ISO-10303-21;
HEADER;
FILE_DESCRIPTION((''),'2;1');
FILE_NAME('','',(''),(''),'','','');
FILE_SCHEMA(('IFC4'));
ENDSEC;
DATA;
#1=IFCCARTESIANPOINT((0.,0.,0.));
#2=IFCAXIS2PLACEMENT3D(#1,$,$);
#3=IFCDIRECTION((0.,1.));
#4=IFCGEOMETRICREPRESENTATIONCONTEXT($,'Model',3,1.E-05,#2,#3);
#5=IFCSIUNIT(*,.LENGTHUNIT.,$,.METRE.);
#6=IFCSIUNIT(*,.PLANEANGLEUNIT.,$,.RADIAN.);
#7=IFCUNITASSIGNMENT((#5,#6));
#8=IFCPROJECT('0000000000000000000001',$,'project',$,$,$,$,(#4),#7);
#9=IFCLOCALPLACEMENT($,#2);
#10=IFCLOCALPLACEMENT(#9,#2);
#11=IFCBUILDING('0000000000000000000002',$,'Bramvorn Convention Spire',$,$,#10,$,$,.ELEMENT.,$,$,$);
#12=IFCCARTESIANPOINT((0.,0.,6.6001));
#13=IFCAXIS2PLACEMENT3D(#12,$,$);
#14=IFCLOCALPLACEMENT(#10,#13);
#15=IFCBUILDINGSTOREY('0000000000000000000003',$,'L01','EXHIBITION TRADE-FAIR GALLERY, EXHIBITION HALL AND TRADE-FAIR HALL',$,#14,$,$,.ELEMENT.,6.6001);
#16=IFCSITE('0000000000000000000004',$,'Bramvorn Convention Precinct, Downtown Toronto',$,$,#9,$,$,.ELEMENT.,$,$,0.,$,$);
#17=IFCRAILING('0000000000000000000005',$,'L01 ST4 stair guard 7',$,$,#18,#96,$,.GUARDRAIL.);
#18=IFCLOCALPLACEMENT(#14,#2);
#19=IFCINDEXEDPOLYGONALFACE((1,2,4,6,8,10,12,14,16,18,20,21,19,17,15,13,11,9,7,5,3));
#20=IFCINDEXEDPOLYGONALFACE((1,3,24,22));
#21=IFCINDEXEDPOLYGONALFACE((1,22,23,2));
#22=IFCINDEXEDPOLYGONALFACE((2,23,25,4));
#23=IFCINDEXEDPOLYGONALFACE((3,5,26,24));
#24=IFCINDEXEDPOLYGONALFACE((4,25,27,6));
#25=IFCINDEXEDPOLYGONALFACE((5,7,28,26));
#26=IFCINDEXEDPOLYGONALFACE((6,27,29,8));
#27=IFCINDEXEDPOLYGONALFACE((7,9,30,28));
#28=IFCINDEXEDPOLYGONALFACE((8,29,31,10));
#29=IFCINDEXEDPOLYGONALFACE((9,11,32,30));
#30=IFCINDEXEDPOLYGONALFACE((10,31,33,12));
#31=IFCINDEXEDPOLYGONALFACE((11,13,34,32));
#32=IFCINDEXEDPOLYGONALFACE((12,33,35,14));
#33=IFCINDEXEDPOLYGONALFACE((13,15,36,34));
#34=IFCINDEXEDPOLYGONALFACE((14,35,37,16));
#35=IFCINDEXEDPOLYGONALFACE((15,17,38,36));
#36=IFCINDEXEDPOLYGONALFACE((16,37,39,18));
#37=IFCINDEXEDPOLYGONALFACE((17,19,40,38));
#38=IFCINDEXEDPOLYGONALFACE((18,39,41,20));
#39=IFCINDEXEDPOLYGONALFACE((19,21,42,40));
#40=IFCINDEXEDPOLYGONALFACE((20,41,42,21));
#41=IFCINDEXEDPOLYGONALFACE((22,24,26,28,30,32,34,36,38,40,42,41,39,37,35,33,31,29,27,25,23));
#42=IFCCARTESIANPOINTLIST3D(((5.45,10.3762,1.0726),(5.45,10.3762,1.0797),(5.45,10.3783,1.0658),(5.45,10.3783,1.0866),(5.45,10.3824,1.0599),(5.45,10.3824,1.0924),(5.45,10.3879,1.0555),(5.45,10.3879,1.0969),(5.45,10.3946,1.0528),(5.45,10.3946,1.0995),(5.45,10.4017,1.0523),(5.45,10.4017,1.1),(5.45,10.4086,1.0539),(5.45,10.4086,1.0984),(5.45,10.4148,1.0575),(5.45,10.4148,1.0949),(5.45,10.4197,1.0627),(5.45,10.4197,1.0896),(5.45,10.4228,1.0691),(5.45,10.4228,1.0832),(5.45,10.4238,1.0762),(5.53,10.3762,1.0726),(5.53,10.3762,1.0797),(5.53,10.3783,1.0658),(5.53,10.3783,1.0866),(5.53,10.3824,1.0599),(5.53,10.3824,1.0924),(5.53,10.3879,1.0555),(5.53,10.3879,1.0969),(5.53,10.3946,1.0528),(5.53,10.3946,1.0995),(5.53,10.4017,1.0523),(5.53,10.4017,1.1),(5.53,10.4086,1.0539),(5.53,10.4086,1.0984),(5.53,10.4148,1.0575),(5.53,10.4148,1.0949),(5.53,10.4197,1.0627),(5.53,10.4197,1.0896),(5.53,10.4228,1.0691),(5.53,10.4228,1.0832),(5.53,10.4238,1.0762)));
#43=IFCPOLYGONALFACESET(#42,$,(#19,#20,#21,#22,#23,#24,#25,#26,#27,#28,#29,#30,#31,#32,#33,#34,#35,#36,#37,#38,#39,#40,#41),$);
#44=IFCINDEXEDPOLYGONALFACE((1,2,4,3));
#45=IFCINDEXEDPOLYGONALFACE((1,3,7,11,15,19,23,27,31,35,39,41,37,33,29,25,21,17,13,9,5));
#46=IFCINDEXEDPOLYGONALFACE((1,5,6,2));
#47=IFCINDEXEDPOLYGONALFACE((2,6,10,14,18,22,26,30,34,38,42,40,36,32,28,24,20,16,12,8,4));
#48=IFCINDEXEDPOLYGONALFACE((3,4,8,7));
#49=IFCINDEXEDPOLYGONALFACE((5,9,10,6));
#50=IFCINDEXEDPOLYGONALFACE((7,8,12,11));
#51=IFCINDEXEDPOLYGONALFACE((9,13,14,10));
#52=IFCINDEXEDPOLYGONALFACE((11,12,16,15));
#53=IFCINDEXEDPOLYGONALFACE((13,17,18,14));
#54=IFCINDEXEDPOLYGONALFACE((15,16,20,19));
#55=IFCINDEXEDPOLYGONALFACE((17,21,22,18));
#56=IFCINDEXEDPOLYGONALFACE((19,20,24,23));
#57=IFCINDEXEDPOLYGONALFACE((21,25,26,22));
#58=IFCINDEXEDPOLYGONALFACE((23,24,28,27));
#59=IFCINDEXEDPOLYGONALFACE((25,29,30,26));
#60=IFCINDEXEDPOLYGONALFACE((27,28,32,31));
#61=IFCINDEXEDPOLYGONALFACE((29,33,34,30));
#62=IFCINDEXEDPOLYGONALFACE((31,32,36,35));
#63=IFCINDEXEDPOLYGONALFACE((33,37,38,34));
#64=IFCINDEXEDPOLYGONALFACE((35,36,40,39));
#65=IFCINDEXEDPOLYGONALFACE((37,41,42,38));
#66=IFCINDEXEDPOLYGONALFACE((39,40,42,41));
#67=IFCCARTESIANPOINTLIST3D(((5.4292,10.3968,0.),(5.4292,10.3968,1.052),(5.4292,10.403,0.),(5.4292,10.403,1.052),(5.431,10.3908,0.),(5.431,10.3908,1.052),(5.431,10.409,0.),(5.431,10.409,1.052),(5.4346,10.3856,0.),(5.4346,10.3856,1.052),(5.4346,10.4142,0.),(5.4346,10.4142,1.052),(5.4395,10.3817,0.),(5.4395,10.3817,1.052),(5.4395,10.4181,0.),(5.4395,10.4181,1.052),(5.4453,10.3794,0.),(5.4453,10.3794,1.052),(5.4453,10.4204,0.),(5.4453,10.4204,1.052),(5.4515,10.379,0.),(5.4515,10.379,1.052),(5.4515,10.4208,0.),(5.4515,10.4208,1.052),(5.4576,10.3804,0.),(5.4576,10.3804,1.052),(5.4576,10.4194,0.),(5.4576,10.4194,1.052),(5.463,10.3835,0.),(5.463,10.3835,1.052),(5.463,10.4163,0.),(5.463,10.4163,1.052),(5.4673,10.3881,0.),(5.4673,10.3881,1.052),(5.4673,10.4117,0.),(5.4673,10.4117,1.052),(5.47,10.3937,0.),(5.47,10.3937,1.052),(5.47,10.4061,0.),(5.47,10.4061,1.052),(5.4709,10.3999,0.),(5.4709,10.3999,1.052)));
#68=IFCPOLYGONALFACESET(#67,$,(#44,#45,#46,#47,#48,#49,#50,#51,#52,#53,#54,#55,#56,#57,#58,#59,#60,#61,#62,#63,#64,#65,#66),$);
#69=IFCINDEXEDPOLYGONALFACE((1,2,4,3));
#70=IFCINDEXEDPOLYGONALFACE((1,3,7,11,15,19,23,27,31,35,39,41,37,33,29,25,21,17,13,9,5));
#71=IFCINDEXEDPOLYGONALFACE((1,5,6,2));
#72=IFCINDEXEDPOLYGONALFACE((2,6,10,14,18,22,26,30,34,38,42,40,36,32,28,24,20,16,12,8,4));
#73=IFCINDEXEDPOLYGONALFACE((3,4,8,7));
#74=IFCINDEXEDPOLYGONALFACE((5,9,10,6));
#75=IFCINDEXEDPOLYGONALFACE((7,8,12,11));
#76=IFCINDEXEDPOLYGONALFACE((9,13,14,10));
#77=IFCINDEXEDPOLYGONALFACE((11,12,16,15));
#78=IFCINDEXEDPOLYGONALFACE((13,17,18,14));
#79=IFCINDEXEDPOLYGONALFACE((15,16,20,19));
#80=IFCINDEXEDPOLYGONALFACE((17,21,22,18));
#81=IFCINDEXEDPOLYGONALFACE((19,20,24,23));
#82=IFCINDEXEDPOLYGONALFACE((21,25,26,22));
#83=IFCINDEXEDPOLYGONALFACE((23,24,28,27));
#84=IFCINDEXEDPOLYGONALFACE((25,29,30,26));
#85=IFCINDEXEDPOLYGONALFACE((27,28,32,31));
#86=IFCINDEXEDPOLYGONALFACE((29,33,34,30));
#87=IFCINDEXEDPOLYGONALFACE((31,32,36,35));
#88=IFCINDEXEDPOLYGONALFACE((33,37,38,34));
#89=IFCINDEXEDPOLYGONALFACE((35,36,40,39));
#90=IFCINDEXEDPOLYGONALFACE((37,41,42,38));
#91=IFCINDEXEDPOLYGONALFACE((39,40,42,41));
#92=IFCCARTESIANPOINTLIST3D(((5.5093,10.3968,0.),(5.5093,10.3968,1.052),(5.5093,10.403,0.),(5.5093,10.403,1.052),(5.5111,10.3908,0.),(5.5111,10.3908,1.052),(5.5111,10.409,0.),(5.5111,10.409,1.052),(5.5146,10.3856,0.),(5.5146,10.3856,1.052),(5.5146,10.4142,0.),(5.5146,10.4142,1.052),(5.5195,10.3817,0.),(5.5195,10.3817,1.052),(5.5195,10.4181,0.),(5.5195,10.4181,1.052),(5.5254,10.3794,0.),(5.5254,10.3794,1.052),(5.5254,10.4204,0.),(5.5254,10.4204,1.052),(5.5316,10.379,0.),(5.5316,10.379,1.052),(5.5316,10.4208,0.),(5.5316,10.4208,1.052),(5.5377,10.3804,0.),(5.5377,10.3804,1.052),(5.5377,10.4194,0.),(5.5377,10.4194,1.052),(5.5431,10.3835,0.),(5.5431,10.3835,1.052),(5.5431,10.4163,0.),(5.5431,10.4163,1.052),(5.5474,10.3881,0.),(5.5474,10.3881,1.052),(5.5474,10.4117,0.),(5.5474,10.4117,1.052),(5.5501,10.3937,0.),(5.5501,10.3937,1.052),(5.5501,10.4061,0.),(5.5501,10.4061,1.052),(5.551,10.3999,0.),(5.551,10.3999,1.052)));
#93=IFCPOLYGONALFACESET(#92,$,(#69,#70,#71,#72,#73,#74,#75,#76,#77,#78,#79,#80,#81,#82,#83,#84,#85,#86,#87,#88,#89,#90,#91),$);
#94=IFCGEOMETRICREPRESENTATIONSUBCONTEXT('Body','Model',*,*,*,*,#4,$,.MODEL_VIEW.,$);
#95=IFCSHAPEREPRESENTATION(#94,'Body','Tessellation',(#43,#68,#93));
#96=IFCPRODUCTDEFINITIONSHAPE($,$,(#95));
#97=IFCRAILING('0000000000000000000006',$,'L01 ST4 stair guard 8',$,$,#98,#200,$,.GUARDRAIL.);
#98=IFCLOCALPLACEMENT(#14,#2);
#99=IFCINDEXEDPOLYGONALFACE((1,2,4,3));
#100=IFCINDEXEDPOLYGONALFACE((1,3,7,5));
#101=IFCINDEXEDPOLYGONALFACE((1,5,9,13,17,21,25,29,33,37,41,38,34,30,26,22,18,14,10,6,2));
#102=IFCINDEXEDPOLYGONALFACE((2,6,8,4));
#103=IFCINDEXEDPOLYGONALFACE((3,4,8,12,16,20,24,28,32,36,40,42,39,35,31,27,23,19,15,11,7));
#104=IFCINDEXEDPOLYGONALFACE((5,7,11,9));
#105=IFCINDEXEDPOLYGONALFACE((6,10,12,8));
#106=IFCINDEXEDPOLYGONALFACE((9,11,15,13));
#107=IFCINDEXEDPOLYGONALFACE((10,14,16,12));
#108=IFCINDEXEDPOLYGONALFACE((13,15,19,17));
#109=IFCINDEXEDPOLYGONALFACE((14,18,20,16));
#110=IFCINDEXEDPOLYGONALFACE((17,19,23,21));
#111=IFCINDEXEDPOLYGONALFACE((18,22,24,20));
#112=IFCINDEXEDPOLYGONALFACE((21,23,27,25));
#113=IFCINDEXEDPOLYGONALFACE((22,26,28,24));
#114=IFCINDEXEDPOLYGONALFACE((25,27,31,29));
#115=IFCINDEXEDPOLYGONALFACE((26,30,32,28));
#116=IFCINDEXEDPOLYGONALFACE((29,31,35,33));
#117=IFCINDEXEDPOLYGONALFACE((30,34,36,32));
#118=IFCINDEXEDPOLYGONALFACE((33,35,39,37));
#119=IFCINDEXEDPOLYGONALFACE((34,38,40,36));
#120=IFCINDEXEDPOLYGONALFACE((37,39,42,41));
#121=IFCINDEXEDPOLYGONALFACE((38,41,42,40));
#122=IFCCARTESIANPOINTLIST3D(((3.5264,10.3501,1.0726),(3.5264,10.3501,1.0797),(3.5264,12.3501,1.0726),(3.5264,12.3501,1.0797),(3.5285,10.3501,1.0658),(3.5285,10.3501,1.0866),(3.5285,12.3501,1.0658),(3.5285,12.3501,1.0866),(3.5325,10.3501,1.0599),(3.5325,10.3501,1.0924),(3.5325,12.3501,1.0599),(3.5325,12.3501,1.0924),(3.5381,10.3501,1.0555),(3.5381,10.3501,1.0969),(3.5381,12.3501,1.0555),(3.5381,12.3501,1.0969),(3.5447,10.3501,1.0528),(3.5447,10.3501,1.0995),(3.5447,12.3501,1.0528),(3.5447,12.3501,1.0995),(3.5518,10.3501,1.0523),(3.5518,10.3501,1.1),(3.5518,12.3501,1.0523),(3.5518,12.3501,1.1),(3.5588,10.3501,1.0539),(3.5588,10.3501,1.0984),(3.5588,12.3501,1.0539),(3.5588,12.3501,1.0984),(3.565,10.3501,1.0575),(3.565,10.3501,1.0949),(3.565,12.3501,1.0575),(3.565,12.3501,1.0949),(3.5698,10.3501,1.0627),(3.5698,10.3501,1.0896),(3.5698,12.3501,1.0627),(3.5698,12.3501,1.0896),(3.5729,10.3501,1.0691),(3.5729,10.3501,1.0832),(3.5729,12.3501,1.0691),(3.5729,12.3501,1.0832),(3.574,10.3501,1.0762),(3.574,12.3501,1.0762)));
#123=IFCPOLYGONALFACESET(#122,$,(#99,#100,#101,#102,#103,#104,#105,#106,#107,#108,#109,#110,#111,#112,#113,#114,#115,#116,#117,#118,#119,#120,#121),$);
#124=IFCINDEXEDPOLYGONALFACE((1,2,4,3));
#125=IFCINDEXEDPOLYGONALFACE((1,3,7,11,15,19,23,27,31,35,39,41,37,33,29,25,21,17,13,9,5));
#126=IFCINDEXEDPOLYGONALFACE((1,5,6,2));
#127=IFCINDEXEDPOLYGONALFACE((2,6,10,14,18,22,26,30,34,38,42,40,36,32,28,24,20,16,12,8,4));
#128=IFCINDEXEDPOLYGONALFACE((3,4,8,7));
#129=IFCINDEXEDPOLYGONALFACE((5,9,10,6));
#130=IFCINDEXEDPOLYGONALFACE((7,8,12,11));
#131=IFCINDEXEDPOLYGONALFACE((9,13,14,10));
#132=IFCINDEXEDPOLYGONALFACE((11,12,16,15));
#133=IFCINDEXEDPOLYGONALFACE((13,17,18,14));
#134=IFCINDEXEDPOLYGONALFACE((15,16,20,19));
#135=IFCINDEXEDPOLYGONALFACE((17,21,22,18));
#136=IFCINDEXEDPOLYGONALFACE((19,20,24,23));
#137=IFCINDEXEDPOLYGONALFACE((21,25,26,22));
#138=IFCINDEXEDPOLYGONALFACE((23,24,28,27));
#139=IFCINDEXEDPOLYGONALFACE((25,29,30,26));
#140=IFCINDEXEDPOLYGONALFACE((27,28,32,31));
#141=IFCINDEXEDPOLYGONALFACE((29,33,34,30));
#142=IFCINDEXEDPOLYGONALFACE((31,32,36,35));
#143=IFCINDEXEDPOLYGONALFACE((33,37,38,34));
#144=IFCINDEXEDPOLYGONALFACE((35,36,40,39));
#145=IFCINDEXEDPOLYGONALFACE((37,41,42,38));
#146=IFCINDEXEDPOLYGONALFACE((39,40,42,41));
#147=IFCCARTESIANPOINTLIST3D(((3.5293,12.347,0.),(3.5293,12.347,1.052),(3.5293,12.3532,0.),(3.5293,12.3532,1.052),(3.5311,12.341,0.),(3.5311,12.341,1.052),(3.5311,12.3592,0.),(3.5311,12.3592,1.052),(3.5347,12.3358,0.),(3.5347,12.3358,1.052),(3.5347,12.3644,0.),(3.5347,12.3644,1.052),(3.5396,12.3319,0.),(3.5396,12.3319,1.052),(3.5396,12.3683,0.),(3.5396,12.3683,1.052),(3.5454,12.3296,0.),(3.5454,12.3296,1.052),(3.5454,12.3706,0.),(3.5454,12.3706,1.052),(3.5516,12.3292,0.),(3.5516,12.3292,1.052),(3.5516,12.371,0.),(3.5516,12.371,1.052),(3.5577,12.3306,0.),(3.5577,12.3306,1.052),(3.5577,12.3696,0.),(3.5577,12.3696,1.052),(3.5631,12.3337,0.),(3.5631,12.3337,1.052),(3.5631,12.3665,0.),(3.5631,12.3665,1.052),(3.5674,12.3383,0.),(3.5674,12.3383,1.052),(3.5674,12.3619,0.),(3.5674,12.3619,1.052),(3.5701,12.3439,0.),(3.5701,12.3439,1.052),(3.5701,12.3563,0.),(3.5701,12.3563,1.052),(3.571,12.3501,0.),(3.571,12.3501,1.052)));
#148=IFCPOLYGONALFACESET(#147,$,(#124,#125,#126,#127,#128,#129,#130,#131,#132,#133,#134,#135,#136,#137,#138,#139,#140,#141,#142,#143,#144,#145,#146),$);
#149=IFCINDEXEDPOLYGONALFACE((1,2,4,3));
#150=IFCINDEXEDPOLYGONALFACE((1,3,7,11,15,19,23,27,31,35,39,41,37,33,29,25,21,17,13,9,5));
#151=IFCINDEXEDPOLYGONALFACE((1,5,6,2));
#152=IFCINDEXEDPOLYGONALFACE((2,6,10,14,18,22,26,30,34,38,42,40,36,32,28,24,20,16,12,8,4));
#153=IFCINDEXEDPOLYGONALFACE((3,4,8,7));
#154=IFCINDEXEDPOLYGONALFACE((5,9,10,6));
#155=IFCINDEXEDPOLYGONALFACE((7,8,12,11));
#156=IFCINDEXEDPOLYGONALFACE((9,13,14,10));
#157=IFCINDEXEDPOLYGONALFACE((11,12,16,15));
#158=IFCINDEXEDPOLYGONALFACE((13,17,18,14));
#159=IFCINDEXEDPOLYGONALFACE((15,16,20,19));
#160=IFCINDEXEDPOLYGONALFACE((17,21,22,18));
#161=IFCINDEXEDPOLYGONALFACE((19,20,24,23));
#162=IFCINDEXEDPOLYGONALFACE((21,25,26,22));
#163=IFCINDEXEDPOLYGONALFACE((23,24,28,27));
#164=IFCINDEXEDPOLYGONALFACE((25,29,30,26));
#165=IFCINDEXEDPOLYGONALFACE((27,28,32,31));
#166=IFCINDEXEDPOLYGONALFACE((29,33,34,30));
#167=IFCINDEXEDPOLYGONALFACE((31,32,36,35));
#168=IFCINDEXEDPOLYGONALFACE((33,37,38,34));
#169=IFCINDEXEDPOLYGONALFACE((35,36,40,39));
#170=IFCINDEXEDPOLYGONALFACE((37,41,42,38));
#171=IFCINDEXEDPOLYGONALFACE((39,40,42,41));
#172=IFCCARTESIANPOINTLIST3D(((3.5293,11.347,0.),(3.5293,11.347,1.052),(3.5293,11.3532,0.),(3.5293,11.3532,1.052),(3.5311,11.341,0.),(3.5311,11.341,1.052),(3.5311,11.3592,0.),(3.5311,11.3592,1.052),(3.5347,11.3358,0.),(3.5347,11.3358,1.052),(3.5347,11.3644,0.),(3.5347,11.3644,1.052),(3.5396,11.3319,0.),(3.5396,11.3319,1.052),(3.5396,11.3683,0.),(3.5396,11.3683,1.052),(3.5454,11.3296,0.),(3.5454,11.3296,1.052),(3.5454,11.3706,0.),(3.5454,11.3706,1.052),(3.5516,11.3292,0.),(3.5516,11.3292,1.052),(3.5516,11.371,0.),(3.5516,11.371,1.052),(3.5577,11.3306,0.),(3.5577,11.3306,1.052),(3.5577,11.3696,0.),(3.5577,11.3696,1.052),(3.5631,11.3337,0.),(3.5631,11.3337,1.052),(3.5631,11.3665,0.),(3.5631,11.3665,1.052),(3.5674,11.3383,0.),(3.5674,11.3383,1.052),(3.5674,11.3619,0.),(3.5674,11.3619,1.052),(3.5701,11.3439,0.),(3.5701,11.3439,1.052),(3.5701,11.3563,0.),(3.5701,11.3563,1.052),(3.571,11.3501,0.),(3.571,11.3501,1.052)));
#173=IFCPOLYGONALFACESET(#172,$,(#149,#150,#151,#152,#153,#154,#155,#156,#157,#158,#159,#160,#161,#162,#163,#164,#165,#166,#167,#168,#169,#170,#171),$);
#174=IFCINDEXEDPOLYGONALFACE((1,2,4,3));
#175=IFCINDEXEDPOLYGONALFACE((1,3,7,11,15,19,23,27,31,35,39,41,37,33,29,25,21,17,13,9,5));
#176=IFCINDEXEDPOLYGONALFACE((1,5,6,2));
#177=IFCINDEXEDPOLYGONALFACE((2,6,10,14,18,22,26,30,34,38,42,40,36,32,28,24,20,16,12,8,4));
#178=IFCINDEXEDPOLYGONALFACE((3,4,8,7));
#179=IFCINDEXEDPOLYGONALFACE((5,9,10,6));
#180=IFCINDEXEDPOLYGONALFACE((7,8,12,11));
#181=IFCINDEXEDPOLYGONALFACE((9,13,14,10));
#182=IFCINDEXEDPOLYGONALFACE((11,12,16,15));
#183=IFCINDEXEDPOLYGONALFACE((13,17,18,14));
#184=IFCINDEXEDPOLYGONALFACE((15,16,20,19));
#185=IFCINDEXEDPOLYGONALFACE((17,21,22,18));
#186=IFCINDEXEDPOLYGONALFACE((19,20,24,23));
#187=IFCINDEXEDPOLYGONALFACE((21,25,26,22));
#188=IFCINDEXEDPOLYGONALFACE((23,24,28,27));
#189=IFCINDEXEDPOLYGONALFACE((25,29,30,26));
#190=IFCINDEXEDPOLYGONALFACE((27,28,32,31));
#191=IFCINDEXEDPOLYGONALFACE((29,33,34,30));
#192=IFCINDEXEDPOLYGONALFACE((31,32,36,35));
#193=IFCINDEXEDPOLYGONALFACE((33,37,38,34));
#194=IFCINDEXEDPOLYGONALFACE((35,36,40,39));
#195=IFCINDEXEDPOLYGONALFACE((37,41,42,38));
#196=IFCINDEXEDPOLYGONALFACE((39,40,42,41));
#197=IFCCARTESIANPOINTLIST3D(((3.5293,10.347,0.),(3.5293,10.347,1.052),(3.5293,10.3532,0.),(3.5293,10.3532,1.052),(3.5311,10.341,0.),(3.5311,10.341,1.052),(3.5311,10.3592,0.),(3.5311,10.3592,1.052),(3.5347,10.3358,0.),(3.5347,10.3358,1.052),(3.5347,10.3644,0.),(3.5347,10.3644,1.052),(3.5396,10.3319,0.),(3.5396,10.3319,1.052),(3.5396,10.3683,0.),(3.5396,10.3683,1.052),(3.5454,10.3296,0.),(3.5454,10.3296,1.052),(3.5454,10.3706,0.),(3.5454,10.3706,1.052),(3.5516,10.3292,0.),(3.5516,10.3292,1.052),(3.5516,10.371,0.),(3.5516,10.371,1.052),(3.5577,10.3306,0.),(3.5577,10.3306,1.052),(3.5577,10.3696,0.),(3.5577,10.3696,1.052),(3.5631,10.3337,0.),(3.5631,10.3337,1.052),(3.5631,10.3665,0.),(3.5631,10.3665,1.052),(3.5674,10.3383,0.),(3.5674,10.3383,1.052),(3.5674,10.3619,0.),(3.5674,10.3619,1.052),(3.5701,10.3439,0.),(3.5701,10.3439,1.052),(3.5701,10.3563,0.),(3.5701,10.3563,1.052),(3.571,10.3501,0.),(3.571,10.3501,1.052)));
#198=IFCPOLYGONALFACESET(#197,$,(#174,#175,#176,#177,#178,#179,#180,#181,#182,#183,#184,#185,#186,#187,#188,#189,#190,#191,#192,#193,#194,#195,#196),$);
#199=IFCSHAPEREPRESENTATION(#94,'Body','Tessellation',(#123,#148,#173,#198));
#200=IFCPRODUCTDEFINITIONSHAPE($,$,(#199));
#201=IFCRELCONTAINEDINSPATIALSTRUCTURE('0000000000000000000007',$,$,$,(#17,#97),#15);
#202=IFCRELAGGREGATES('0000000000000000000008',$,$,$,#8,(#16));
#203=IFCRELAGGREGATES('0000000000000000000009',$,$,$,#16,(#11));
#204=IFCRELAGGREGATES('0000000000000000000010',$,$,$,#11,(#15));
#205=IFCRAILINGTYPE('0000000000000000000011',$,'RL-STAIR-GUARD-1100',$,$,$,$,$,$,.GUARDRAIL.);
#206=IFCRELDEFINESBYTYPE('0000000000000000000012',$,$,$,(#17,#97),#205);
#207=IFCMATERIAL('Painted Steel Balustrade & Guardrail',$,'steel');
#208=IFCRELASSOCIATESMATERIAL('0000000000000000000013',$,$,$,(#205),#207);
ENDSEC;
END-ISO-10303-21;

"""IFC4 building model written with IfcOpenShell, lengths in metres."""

from ifc_helpers import new_model, si_unit, direction, frame, origin, origin_2d, place, context, subcontext, project, spatial, circle, extrude, material, type_object, element, save


model = new_model("IFC4")

# Units and contexts
model_context = context("Model", 3, precision=1e-05, world=origin(), true_north=direction((0.0, 1.0)))
body_context = subcontext(model_context, "Body", "Model", "MODEL_VIEW")
ifc_project = project(units=[si_unit("LENGTHUNIT", "METRE"), si_unit("PLANEANGLEUNIT", "RADIAN")], contexts=[model_context])

# Site, building, storey
site_placement = place(None, origin())
site = spatial("IfcSite", under=ifc_project, at=site_placement, Name="Bramvorn Convention Precinct, Downtown Toronto", CompositionType="ELEMENT", RefElevation=0.0)
building_placement = place(site_placement, origin())
building = spatial("IfcBuilding", under=site, at=building_placement, Name="Bramvorn Convention Spire", CompositionType="ELEMENT")
storey_placement = place(building_placement, frame((0.0, 0.0, 6.6001)))
storey = spatial("IfcBuildingStorey", under=building, at=storey_placement, Name="L01", Description="EXHIBITION TRADE-FAIR GALLERY, EXHIBITION HALL AND TRADE-FAIR HALL", CompositionType="ELEMENT", Elevation=6.6001)

# Railings
ifc_material_1 = material(Name="Painted Steel Balustrade & Guardrail", Category="steel")
railing_type_1 = type_object("IfcRailingType", Name="RL-STAIR-GUARD-1100", PredefinedType="GUARDRAIL", material=ifc_material_1)
railing_1_placement = place(storey_placement, frame((5.45, 10.3999, 0.0)))
element("IfcRailing", 1, at=railing_1_placement, inside=storey, type_object=railing_type_1, Name="L01 ST4 stair guard 7", PredefinedType="GUARDRAIL", context=body_context, shape_type="SweptSolid", body=[
    extrude(circle(Radius=0.0239, at=origin_2d()), frame((0.0, 0.0, 1.0762), z_axis=(1.0, 0.0, 0.0), x_axis=(0.0, 1.0, 0.0)), (0.0, 0.0, 1.0), 0.0801),
    extrude(circle(Radius=0.021, at=origin_2d()), origin(), (0.0, 0.0, 1.0), 1.052),
    extrude(circle(Radius=0.021, at=origin_2d()), frame((0.0801, 0.0, 0.0)), (0.0, 0.0, 1.0), 1.052),
])
for number, where, name in (
    (2, (3.55, 12.3501, 0.0), "L01 ST4 stair guard 8"),
):
    element("IfcRailing", number, at=place(storey_placement, frame(where)), inside=storey, type_object=railing_type_1, Name=name, PredefinedType="GUARDRAIL", context=body_context, shape_type="SweptSolid", body=[
        extrude(circle(Radius=0.0239, at=origin_2d()), frame((0.0, 0.0, 1.0762), z_axis=(0.0, -1.0, 0.0), x_axis=(1.0, 0.0, 0.0)), (0.0, 0.0, 1.0), 2.0),
        extrude(circle(Radius=0.021, at=origin_2d()), origin(), (0.0, 0.0, 1.0), 1.052),
        extrude(circle(Radius=0.021, at=origin_2d()), frame((0.0, -1.0, 0.0)), (0.0, 0.0, 1.0), 1.052),
        extrude(circle(Radius=0.021, at=origin_2d()), frame((0.0, -2.0, 0.0)), (0.0, 0.0, 1.0), 1.052),
    ])

save(model, "model.ifc")
